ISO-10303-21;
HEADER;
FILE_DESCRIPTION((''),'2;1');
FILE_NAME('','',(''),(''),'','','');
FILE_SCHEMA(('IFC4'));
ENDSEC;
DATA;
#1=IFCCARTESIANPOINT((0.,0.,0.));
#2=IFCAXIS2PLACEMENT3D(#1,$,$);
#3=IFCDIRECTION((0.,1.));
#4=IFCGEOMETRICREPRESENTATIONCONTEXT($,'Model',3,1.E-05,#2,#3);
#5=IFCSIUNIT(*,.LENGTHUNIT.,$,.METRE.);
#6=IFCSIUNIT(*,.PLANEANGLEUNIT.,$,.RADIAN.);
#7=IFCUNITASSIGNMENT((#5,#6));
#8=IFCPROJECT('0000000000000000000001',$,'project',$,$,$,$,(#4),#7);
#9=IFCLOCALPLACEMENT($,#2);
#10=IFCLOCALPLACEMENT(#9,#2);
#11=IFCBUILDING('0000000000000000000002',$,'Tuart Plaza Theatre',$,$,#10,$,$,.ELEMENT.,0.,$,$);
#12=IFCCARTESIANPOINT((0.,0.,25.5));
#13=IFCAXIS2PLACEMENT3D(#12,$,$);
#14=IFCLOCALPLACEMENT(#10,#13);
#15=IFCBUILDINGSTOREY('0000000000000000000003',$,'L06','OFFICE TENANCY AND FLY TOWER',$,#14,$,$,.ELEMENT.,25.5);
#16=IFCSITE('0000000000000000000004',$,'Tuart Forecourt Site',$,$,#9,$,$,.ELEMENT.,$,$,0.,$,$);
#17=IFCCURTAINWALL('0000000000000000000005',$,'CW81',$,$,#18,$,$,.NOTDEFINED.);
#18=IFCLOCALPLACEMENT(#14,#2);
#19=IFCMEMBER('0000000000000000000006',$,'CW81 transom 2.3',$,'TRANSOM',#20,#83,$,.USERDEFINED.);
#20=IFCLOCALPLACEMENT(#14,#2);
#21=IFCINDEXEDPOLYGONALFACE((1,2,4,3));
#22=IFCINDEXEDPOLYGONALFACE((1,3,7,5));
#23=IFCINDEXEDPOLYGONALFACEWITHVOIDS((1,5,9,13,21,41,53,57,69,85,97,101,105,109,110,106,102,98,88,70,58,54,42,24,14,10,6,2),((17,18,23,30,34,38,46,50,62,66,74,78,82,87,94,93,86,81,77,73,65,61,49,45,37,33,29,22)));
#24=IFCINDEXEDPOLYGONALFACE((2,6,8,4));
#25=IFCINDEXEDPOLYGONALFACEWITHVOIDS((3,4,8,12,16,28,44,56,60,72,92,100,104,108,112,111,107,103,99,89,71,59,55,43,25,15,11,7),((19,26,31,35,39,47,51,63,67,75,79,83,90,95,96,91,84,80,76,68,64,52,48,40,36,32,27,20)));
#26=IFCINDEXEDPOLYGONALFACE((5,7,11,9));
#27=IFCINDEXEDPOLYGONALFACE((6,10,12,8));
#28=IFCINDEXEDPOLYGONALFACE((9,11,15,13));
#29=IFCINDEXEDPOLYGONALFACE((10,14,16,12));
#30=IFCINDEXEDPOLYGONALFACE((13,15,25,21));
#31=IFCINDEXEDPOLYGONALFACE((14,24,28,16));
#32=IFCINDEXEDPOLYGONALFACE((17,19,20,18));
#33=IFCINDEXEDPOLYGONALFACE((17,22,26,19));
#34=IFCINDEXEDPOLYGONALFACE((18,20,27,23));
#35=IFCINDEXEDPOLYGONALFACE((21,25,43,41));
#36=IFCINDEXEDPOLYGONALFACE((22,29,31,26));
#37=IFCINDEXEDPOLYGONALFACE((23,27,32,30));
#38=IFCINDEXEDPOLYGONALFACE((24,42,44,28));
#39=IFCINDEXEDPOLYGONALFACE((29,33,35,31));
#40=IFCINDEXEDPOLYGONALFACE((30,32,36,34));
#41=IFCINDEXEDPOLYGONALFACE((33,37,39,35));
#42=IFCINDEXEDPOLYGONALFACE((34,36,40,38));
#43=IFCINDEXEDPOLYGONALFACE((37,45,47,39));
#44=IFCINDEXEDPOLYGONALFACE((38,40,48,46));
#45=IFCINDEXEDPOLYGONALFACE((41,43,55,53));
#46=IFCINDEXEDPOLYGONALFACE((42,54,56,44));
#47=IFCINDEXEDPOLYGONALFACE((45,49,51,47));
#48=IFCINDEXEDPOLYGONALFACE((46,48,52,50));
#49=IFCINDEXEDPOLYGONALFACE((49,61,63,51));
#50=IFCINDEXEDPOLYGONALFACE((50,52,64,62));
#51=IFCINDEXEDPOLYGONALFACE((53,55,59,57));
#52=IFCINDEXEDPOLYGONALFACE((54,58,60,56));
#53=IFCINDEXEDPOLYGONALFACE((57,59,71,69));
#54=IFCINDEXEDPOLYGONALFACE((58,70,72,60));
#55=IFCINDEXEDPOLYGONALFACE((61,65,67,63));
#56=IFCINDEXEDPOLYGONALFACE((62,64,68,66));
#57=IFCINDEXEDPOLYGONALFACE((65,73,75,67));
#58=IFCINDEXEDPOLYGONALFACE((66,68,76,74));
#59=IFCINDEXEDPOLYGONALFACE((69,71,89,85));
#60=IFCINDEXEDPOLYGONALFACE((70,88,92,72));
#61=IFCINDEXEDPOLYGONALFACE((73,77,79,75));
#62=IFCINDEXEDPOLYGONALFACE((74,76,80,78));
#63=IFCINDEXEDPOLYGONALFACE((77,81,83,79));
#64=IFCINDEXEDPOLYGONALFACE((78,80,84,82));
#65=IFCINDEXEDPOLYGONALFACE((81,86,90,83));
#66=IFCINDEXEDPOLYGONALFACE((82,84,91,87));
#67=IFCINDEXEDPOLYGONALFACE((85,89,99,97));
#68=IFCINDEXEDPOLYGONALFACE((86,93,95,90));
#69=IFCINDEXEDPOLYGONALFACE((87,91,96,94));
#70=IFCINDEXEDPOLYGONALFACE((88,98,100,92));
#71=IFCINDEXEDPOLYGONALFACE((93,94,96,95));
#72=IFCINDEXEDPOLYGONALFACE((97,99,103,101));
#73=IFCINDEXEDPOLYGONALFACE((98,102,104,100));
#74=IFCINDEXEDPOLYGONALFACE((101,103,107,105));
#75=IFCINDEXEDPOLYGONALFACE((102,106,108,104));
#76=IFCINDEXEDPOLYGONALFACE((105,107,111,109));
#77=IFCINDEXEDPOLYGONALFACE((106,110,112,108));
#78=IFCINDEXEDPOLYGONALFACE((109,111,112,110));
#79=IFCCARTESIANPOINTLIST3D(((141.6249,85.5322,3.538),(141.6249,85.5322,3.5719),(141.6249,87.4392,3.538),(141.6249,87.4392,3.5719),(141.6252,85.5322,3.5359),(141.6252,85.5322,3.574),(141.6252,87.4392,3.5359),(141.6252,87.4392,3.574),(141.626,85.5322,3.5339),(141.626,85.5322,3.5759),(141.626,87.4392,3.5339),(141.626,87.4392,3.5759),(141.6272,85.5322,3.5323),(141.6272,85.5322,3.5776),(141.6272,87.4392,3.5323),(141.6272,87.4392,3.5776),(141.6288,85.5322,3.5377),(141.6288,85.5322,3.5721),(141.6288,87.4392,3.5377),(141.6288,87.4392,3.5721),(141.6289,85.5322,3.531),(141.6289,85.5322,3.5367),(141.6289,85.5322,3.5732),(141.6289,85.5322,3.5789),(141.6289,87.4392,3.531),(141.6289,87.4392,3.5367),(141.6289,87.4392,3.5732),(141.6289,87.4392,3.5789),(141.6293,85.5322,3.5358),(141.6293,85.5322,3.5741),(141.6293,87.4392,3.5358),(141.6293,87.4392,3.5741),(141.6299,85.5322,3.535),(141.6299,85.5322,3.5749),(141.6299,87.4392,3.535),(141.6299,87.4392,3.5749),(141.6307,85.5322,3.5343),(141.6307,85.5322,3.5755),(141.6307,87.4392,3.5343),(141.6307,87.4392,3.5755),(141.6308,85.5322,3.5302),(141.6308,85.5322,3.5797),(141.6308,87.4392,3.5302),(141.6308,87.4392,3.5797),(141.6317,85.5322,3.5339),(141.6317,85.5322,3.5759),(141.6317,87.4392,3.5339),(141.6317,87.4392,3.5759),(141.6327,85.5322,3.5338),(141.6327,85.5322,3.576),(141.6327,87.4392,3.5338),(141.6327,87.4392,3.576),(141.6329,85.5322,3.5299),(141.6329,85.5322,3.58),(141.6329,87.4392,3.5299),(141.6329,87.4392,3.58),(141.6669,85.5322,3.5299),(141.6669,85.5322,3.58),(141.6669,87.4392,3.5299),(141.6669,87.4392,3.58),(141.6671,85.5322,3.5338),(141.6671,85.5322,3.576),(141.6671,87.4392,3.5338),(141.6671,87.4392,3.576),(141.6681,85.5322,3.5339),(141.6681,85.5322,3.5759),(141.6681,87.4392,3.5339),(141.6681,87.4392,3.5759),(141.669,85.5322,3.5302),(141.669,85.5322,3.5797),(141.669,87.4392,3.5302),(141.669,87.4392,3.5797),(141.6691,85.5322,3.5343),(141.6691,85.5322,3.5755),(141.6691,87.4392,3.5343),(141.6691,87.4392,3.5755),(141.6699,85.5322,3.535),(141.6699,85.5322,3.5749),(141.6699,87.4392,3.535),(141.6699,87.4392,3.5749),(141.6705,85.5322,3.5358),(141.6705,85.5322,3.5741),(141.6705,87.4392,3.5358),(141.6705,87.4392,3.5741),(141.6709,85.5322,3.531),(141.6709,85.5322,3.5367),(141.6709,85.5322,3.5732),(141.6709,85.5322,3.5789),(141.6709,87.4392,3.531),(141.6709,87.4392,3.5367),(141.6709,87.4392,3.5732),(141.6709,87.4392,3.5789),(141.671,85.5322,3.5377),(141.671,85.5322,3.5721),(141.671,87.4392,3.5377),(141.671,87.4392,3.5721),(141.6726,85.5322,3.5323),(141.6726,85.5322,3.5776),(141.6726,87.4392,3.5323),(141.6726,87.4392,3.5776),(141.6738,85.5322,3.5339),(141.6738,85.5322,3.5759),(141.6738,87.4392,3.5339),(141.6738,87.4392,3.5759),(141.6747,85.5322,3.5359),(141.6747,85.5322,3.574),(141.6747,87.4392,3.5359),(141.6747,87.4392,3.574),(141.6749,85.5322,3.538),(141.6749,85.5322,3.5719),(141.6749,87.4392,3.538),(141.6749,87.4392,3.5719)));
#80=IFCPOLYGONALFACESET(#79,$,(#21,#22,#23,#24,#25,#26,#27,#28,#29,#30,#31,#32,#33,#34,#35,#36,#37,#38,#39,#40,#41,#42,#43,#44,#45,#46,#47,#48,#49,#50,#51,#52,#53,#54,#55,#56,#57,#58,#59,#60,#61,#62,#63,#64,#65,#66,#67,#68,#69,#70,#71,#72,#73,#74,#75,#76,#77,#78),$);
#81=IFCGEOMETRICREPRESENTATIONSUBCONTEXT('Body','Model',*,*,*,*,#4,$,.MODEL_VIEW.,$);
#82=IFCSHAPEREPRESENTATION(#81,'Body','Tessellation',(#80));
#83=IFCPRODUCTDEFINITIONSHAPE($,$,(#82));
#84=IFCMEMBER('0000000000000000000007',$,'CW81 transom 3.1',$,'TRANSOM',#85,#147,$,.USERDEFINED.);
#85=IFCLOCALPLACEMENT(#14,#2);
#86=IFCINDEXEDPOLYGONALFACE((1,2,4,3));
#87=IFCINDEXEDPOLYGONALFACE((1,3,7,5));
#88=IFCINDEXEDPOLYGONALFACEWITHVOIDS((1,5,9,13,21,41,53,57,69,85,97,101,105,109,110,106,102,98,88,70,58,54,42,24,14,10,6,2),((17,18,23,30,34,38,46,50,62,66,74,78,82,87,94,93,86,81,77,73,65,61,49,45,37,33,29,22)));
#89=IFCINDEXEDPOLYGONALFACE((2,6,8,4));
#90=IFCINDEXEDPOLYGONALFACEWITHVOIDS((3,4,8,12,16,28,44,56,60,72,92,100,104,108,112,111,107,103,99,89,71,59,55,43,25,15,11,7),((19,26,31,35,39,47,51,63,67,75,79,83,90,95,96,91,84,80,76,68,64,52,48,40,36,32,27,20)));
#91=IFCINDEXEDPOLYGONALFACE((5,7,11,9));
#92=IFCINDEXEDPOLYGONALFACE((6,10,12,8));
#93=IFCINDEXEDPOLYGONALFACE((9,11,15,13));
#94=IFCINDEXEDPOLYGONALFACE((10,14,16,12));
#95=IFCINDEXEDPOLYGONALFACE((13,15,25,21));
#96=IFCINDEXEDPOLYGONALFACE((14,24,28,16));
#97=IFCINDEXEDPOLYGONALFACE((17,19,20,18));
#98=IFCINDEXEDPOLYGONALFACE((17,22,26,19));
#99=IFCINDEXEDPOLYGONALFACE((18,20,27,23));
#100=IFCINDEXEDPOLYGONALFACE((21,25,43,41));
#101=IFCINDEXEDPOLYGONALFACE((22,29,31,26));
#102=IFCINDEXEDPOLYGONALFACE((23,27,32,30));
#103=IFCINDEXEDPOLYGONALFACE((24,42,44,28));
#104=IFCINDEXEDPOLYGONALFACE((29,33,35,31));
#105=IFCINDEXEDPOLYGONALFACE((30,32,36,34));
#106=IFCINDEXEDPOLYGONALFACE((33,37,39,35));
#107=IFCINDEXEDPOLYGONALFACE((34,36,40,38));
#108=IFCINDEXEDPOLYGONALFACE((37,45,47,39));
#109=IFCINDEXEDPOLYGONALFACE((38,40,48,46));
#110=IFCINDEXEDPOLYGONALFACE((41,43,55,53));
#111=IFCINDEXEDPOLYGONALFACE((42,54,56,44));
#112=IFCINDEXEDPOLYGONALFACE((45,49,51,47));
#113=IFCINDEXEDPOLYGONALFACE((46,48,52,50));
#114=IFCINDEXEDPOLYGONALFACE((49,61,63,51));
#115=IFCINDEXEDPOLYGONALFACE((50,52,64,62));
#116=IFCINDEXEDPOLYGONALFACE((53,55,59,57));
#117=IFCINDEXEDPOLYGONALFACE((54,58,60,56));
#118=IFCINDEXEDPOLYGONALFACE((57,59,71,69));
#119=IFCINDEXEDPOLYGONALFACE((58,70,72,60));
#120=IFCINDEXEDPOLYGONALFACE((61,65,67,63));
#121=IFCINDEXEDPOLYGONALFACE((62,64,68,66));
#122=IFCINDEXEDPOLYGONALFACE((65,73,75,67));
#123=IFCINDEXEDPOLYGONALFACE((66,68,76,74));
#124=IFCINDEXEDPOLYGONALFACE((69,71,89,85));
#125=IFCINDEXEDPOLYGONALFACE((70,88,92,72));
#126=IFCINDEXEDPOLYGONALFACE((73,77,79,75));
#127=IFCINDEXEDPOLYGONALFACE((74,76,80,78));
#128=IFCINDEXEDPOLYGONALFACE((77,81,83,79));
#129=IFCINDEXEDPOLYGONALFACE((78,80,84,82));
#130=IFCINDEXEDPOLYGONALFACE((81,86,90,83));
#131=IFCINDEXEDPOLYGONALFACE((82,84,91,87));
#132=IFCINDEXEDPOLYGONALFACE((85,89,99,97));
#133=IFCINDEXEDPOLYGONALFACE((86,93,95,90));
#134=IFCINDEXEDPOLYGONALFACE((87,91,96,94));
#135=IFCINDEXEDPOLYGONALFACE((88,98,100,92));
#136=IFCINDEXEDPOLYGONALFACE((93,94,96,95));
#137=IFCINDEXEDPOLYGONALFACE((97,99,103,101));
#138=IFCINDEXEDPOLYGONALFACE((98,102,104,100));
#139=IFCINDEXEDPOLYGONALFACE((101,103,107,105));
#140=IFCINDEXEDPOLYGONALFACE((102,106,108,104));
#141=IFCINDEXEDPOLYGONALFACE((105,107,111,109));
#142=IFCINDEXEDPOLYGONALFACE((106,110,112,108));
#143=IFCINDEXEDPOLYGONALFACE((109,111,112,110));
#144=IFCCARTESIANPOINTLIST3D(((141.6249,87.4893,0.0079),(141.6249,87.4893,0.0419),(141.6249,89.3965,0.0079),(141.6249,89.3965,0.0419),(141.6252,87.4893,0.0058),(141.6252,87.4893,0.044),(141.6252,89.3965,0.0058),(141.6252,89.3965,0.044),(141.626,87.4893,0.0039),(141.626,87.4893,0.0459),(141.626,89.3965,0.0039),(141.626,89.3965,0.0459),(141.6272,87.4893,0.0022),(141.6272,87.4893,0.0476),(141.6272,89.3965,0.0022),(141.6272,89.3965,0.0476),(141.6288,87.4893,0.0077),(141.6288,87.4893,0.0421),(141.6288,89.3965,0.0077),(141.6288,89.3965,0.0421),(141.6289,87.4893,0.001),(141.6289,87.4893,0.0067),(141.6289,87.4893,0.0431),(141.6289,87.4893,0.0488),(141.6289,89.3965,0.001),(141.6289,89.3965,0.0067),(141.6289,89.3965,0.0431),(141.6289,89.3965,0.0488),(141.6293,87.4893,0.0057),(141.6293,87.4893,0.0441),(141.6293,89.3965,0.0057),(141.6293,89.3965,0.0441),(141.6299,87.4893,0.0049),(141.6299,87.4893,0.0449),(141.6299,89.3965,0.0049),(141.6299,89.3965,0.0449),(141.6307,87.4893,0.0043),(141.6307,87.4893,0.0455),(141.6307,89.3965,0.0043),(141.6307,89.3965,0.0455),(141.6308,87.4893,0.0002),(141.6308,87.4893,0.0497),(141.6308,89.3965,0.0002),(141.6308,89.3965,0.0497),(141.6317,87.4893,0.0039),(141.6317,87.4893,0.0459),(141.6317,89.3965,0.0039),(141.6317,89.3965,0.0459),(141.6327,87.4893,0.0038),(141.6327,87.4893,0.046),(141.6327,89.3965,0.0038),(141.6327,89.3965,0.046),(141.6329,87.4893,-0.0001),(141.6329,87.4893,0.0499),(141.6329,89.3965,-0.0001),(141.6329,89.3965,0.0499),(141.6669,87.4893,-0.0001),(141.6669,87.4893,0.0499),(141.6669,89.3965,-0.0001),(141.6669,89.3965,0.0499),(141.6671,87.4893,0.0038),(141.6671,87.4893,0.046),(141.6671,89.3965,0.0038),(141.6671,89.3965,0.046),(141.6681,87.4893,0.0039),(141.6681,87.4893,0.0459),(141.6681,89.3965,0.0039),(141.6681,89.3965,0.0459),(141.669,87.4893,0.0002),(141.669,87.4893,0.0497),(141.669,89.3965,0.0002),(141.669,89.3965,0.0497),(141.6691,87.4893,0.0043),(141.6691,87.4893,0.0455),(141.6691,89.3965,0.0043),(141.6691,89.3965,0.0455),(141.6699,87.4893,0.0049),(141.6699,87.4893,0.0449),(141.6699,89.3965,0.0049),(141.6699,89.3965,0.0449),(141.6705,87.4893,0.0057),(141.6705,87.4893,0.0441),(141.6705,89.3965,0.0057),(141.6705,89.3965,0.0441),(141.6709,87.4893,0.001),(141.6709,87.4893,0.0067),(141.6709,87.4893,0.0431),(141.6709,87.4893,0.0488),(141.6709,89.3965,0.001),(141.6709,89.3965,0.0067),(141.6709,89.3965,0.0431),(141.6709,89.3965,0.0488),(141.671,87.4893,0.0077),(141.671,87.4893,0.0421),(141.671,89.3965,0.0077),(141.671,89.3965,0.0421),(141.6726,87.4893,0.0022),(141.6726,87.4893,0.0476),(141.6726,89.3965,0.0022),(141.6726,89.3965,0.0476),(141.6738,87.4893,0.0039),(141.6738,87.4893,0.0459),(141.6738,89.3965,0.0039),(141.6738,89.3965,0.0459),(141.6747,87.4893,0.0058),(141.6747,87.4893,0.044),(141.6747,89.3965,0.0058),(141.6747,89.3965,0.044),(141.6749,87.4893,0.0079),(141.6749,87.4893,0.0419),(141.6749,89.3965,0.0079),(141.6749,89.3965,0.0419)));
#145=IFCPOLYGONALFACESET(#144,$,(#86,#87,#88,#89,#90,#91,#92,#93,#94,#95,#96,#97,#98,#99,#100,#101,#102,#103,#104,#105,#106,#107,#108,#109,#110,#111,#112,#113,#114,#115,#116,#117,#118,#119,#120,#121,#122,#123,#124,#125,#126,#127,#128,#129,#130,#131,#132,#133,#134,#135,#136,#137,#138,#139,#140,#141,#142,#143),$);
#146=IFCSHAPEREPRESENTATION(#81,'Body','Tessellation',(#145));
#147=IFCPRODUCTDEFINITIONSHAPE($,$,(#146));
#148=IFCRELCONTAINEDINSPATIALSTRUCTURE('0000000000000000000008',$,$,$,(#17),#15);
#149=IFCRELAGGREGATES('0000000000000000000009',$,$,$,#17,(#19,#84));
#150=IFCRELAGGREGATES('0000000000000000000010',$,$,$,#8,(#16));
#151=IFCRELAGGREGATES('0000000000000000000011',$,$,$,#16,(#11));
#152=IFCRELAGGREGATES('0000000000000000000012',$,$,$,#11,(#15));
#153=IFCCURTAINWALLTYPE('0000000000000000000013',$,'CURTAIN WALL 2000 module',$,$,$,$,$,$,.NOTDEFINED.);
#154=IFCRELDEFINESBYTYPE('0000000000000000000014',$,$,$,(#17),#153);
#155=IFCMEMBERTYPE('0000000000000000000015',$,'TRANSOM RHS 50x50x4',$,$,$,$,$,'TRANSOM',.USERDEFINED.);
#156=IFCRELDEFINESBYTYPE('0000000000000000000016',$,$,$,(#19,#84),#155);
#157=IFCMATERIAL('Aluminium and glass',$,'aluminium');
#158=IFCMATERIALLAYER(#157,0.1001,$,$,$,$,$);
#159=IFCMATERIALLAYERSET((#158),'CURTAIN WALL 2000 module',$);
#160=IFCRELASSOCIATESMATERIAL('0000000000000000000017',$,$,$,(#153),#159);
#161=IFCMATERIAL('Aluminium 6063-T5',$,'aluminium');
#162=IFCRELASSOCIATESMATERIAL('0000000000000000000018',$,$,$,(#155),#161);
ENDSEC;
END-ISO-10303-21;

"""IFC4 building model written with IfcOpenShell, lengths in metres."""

from ifc_helpers import new_model, si_unit, direction, frame, origin, origin_2d, place, context, subcontext, project, spatial, hollow_rectangle, extrude, material, layer, layer_set, material_profile, profile_set, type_object, element, aggregate, save


model = new_model("IFC4")

# Units and contexts
model_context = context("Model", 3, precision=1e-05, world=origin(), true_north=direction((0.0, 1.0)))
body_context = subcontext(model_context, "Body", "Model", "MODEL_VIEW")
ifc_project = project(units=[si_unit("LENGTHUNIT", "METRE"), si_unit("PLANEANGLEUNIT", "RADIAN")], contexts=[model_context])

# Site, building, storey
site_placement = place(None, origin())
site = spatial("IfcSite", under=ifc_project, at=site_placement, Name="Tuart Forecourt Site", CompositionType="ELEMENT", RefElevation=0.0)
building_placement = place(site_placement, origin())
building = spatial("IfcBuilding", under=site, at=building_placement, Name="Tuart Plaza Theatre", CompositionType="ELEMENT", ElevationOfRefHeight=0.0)
storey_placement = place(building_placement, frame((0.0, 0.0, 25.5)))
storey = spatial("IfcBuildingStorey", under=building, at=storey_placement, Name="L06", Description="OFFICE TENANCY AND FLY TOWER", CompositionType="ELEMENT", Elevation=25.5)

# Shared definitions
ifc_material_1 = material(Name="Aluminium and glass", Category="aluminium")
ifc_layer_1 = layer(ifc_material_1, 0.1001)
ifc_layer_set_1 = layer_set([ifc_layer_1], Name="CURTAIN WALL 2000 module")
curtain_wall_type = type_object("IfcCurtainWallType", Name="CURTAIN WALL 2000 module", PredefinedType="NOTDEFINED", material=ifc_layer_set_1)

# Curtain wall
curtain_wall_1_placement = place(storey_placement, origin())
curtain_wall_1 = element("IfcCurtainWall", 1, at=curtain_wall_1_placement, inside=storey, type_object=curtain_wall_type, Name="CW81", PredefinedType="NOTDEFINED")

# Members
ifc_material_2 = material(Name="Aluminium 6063-T5", Category="aluminium")
ifc_material_profile_1 = material_profile(ifc_material_2, hollow_rectangle(XDim=0.05, YDim=0.05, WallThickness=0.0039, InnerFilletRadius=0.0039, OuterFilletRadius=0.0081, at=origin_2d()), Name="RHS 50x50x4")
ifc_profile_set_1 = profile_set([ifc_material_profile_1], Name="Aluminium 6063-T5")
member_type_1 = type_object("IfcMemberType", Name="TRANSOM RHS 50x50x4", ElementType="TRANSOM", PredefinedType="USERDEFINED", material=ifc_profile_set_1)
member_1_placement = place(storey_placement, frame((141.6499, 85.5322, 3.5549), z_axis=(0.0, 1.0, 0.0), x_axis=(-1.0, 0.0, 0.0)))
member_1 = element("IfcMember", 2, at=member_1_placement, type_object=member_type_1, Name="CW81 transom 2.3", ObjectType="TRANSOM", PredefinedType="USERDEFINED", context=body_context, shape_type="SweptSolid", body=[
    extrude(hollow_rectangle(XDim=0.05, YDim=0.05, WallThickness=0.0039, InnerFilletRadius=0.0039, OuterFilletRadius=0.0081, at=origin_2d()), origin(), (0.0, 0.0, 1.0), 1.907),
])
member_2_placement = place(storey_placement, frame((141.6499, 87.4893, 0.0249), z_axis=(0.0, 1.0, 0.0), x_axis=(-1.0, 0.0, 0.0)))
member_2 = element("IfcMember", 3, at=member_2_placement, type_object=member_type_1, Name="CW81 transom 3.1", ObjectType="TRANSOM", PredefinedType="USERDEFINED", context=body_context, shape_type="SweptSolid", body=[
    extrude(hollow_rectangle(XDim=0.05, YDim=0.05, WallThickness=0.0039, InnerFilletRadius=0.0039, OuterFilletRadius=0.0081, at=origin_2d()), origin(), (0.0, 0.0, 1.0), 1.9072),
])

aggregate(curtain_wall_1, [member_1, member_2])

save(model, "model.ifc")
